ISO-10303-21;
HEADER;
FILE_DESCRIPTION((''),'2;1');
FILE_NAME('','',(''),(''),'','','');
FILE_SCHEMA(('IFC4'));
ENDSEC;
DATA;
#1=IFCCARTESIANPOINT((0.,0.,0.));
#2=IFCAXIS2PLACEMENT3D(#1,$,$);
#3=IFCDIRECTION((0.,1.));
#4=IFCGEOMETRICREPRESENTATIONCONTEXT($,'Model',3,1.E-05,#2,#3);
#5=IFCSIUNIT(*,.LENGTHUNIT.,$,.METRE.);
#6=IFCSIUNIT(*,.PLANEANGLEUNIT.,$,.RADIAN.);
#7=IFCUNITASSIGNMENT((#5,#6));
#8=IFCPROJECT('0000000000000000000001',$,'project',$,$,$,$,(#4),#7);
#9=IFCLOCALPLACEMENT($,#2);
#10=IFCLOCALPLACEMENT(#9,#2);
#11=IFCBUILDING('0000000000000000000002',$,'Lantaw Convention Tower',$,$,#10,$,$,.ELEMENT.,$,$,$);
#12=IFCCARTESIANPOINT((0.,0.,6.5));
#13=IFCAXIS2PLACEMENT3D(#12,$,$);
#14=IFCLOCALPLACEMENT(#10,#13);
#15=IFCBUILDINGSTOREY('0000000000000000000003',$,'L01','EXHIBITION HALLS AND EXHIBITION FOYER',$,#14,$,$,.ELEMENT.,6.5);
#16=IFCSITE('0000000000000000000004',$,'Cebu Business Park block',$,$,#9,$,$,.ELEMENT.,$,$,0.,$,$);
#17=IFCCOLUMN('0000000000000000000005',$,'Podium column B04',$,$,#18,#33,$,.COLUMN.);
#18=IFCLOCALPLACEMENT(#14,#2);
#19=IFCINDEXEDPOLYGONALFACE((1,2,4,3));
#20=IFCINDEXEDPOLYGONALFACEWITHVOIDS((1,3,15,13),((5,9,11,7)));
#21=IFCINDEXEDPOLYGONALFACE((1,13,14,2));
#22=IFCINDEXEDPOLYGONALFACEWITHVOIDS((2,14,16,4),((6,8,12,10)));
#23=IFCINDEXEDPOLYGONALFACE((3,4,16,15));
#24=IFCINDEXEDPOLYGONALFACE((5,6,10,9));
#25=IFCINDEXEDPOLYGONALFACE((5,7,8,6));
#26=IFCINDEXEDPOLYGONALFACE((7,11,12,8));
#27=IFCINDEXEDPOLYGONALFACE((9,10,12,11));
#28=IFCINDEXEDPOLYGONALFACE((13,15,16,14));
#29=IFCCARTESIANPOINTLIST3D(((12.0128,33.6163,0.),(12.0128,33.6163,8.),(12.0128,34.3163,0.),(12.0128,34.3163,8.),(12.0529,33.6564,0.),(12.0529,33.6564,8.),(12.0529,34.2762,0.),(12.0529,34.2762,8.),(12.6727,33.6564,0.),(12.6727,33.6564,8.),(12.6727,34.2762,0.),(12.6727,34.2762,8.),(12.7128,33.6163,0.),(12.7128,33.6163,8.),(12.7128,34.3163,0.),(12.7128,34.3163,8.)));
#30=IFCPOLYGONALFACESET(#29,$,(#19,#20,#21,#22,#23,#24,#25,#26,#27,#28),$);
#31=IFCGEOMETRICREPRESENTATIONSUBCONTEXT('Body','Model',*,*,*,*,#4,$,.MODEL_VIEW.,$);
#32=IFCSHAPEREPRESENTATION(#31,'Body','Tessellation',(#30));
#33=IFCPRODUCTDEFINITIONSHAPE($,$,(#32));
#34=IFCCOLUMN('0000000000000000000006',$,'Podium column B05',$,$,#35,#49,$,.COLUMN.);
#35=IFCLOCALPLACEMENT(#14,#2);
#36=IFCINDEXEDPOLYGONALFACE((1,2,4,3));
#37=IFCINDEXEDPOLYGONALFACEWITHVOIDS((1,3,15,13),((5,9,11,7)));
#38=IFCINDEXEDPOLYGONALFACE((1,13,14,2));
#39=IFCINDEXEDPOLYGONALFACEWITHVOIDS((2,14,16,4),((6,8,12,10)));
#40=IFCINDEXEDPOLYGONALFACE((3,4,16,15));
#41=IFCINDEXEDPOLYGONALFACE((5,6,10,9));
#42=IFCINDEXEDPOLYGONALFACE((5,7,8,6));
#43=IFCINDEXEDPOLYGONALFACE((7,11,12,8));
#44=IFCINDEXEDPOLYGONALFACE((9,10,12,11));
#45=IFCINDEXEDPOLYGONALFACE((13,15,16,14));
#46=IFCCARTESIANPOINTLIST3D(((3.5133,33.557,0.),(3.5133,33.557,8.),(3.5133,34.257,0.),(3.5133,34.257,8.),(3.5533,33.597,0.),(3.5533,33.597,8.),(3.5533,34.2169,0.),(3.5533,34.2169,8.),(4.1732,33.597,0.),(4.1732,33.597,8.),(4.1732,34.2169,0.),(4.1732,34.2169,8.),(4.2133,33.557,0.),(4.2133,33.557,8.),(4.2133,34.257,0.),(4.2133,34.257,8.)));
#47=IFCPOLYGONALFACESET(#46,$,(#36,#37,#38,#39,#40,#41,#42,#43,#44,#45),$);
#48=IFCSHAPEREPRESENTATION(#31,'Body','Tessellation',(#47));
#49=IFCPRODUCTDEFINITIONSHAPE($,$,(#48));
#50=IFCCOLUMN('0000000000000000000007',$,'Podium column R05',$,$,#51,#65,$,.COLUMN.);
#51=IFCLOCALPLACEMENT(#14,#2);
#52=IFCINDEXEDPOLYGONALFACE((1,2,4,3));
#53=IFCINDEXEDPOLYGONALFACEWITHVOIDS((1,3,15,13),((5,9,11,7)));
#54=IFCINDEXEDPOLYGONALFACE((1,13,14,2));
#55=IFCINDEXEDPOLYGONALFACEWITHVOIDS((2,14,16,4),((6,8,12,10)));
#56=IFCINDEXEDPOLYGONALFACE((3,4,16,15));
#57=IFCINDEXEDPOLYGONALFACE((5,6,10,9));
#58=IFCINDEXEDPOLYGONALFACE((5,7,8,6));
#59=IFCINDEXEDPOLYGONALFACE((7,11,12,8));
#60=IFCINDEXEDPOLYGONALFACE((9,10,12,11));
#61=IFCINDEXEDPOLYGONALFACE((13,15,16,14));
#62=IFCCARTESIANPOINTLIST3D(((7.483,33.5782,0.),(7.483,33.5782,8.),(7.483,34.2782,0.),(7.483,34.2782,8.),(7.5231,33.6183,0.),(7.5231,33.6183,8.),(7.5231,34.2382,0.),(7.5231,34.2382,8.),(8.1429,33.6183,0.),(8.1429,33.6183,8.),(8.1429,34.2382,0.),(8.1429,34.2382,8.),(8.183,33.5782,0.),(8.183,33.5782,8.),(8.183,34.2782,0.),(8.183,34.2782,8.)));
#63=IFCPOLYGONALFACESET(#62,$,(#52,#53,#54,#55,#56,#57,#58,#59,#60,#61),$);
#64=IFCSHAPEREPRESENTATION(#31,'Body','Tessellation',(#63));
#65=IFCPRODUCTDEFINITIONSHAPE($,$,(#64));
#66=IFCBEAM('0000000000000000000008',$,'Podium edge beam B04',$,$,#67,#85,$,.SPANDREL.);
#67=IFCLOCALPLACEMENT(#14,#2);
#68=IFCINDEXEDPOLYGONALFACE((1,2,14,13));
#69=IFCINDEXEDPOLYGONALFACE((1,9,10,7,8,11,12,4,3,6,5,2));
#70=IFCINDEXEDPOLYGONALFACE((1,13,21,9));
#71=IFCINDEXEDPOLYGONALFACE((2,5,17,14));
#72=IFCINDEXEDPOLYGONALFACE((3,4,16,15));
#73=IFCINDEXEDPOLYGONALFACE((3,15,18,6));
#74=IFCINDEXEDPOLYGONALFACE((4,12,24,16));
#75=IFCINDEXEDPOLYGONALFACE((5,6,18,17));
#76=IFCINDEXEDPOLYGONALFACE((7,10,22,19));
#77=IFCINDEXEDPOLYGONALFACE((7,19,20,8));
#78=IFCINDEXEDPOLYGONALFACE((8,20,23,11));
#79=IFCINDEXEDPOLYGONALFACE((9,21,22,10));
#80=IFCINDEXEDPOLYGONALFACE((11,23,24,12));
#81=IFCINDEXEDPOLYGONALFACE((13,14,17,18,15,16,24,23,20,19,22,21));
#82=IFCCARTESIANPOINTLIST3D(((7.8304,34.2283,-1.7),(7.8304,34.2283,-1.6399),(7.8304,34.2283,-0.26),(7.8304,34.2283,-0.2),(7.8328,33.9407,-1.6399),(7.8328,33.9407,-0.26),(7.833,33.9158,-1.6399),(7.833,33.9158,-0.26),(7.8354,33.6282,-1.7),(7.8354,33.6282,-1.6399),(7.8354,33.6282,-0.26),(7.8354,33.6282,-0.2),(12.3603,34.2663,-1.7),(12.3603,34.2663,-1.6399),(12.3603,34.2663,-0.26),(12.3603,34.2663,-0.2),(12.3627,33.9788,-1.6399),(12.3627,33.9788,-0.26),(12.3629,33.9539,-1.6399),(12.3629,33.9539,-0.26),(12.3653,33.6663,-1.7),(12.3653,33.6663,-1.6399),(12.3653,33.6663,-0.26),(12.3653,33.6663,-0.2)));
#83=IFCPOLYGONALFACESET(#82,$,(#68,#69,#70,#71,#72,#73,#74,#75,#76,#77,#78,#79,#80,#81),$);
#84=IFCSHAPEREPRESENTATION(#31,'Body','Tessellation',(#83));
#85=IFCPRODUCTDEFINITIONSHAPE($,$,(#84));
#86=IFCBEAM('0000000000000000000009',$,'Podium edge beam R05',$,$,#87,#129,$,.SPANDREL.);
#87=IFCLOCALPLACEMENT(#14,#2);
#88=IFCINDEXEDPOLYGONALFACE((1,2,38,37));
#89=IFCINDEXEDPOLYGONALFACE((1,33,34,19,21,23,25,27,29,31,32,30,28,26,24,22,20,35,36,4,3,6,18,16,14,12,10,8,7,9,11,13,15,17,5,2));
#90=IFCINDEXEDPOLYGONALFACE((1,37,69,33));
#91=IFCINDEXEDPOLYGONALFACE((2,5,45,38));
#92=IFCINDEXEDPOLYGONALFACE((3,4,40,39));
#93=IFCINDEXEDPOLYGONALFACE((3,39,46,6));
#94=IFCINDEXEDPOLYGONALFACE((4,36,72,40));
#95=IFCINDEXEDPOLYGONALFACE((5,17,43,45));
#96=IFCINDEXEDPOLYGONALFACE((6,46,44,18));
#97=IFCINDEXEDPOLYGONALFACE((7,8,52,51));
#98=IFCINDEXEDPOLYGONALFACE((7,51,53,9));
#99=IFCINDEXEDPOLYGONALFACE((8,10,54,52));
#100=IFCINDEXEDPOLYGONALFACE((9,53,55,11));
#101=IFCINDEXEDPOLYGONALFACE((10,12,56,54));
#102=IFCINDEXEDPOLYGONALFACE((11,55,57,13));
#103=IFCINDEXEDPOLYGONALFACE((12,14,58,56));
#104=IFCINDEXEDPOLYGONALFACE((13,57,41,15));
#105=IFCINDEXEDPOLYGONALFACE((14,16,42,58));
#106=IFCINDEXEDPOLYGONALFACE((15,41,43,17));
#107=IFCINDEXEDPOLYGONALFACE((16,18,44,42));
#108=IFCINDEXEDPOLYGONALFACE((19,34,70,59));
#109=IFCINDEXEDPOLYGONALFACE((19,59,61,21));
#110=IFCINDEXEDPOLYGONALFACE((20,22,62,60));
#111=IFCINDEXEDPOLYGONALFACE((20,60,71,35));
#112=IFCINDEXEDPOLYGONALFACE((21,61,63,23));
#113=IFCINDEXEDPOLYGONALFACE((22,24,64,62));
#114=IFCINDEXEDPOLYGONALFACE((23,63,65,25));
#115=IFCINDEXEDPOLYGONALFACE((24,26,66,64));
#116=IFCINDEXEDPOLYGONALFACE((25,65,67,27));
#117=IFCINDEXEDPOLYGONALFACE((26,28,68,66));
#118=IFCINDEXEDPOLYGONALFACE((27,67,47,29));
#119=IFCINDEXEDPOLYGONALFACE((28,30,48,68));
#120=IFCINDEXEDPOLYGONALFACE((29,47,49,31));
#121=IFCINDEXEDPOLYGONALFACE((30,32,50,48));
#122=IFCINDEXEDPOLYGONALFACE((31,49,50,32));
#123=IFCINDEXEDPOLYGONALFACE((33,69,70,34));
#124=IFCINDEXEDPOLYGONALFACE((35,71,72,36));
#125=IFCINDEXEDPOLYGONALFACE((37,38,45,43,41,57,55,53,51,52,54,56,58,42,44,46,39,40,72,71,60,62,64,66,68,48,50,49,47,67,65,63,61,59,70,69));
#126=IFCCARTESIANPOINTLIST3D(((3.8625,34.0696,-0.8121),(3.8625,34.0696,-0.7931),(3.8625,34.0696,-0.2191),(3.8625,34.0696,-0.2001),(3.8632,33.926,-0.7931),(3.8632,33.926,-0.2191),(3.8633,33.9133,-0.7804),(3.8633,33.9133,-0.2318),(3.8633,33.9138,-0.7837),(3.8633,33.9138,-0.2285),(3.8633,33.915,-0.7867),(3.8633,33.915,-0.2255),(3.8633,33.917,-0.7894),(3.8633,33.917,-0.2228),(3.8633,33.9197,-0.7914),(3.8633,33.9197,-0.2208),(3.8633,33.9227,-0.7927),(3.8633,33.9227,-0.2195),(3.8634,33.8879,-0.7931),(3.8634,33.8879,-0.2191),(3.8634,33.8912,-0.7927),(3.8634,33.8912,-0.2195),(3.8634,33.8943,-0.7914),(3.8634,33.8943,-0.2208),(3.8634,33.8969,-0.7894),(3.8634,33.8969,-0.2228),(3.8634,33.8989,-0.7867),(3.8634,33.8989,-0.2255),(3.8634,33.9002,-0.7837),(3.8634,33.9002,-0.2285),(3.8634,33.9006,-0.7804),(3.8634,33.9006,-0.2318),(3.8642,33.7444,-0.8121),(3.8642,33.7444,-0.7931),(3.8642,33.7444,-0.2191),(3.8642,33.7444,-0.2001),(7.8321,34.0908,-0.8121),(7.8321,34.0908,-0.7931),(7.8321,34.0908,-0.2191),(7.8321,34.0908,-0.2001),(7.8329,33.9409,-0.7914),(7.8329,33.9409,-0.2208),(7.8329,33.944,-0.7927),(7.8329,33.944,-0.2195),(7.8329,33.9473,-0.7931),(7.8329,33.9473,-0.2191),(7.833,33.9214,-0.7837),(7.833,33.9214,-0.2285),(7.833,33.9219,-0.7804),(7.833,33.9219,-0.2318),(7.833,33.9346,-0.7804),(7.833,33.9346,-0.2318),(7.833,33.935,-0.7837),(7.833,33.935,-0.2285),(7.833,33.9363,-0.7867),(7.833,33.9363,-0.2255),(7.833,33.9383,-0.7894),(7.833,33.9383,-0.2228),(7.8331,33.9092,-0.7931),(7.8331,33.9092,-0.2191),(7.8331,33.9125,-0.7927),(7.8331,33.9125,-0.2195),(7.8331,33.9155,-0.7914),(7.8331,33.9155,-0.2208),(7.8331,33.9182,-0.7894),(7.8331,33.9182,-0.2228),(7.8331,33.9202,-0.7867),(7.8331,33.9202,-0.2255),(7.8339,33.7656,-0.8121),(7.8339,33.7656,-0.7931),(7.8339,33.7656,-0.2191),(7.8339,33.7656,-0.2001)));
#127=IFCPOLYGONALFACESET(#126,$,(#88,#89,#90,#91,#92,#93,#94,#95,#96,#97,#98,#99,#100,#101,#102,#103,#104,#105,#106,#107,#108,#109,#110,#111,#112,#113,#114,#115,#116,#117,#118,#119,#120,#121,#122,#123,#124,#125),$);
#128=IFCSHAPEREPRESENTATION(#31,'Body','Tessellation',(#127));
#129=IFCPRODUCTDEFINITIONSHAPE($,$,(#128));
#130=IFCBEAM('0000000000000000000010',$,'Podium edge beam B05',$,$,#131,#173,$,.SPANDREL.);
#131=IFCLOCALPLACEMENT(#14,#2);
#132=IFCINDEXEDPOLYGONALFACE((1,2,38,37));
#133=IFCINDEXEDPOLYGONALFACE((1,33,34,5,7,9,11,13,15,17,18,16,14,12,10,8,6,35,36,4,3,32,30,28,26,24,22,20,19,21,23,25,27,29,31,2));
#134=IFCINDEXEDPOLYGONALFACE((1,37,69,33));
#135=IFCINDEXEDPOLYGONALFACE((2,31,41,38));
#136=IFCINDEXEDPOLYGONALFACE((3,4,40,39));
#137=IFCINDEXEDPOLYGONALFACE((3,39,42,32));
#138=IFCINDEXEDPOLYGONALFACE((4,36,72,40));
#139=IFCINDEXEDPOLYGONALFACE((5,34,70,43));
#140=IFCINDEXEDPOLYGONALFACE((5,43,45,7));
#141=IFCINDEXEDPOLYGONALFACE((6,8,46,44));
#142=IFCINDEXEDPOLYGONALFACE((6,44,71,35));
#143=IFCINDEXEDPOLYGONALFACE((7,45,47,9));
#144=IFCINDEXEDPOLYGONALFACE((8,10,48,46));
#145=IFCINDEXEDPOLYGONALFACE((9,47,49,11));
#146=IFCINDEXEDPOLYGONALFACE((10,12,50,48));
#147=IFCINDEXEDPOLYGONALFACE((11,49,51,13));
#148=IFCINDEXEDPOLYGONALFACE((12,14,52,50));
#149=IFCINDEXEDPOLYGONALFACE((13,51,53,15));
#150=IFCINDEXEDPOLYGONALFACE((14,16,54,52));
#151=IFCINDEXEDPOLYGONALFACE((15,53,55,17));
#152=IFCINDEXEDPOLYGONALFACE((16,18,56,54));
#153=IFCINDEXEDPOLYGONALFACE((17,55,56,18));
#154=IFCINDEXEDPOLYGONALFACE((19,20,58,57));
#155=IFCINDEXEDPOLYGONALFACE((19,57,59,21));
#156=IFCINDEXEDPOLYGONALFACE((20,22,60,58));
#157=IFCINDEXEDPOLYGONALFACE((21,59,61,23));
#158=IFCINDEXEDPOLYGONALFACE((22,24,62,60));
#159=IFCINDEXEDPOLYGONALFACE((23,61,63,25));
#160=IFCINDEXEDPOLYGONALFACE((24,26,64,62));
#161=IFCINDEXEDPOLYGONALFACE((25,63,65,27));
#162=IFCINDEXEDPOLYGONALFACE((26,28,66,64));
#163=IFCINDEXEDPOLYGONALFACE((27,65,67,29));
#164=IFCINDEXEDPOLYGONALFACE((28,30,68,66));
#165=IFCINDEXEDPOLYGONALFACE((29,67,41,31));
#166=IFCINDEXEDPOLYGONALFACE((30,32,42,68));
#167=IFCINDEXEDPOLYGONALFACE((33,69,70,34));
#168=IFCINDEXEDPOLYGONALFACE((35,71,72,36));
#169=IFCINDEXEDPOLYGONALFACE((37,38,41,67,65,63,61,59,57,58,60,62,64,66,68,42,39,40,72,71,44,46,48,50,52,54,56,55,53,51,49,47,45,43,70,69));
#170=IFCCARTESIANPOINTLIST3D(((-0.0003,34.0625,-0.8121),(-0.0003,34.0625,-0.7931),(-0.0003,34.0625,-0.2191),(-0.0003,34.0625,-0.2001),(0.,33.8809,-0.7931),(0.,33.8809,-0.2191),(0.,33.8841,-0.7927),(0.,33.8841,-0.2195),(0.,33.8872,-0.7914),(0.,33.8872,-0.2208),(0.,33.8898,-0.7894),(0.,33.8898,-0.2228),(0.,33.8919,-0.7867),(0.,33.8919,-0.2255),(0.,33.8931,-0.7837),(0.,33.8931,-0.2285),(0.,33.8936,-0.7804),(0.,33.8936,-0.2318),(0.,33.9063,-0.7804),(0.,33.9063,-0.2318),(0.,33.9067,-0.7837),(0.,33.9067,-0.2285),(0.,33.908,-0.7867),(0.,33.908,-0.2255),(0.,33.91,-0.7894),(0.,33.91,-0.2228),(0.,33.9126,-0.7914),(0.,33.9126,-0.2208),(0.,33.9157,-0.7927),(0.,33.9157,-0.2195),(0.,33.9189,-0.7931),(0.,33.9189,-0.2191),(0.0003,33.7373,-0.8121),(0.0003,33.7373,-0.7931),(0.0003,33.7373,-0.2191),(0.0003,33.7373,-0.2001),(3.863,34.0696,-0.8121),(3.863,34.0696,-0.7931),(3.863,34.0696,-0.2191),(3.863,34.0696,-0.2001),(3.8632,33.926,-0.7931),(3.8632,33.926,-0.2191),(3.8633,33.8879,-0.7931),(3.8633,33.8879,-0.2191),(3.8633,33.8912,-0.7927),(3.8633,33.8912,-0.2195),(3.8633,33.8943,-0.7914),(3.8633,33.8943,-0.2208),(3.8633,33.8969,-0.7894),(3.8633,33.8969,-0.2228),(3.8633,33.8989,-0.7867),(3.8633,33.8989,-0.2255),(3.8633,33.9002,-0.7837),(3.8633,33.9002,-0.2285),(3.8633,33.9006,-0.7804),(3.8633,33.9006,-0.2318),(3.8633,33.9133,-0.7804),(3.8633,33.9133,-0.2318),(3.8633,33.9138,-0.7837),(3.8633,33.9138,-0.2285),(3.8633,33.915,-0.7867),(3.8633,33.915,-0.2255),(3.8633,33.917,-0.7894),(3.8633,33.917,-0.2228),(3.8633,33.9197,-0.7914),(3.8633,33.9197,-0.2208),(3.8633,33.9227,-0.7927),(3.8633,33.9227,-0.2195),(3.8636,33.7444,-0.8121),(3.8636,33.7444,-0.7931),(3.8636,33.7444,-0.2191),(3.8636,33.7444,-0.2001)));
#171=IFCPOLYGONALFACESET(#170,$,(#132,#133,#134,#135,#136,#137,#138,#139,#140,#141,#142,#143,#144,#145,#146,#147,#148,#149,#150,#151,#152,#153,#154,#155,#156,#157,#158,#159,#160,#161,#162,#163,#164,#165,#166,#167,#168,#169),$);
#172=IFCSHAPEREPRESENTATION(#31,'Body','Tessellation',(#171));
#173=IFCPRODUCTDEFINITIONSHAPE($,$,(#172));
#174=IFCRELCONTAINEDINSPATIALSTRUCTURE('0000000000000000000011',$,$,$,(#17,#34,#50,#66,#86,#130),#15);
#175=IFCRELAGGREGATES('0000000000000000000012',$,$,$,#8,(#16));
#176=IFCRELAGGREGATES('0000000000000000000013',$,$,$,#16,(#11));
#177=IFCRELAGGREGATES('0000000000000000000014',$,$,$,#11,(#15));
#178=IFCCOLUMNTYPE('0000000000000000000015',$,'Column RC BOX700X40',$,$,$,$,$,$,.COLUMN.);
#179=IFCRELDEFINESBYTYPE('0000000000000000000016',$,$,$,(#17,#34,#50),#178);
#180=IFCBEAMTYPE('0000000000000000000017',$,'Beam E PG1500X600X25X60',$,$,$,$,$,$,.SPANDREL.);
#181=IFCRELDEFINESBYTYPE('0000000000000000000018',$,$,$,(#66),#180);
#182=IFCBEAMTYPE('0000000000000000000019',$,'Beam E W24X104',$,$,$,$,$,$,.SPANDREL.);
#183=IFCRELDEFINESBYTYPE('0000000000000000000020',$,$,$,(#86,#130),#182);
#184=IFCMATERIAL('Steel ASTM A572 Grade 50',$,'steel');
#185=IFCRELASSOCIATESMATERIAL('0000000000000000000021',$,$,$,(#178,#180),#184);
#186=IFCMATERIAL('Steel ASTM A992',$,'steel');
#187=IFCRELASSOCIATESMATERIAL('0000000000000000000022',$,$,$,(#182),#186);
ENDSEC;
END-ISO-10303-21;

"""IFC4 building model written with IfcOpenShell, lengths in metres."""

from ifc_helpers import new_model, si_unit, direction, frame, origin, origin_2d, place, context, subcontext, project, spatial, hollow_rectangle, i_section, extrude, material, material_profile, profile_set, type_object, element, save


model = new_model("IFC4")

# Units and contexts
model_context = context("Model", 3, precision=1e-05, world=origin(), true_north=direction((0.0, 1.0)))
body_context = subcontext(model_context, "Body", "Model", "MODEL_VIEW")
ifc_project = project(units=[si_unit("LENGTHUNIT", "METRE"), si_unit("PLANEANGLEUNIT", "RADIAN")], contexts=[model_context])

# Site, building, storey
site_placement = place(None, origin())
site = spatial("IfcSite", under=ifc_project, at=site_placement, Name="Cebu Business Park block", CompositionType="ELEMENT", RefElevation=0.0)
building_placement = place(site_placement, origin())
building = spatial("IfcBuilding", under=site, at=building_placement, Name="Lantaw Convention Tower", CompositionType="ELEMENT")
storey_placement = place(building_placement, frame((0.0, 0.0, 6.5)))
storey = spatial("IfcBuildingStorey", under=building, at=storey_placement, Name="L01", Description="EXHIBITION HALLS AND EXHIBITION FOYER", CompositionType="ELEMENT", Elevation=6.5)

# Columns
ifc_material_1 = material(Name="Steel ASTM A572 Grade 50", Category="steel")
ifc_material_profile_1 = material_profile(ifc_material_1, hollow_rectangle(XDim=0.7, YDim=0.7, WallThickness=0.04, at=origin_2d()), Name="BOX700X40")
ifc_profile_set_1 = profile_set([ifc_material_profile_1], Name="Steel ASTM A572 Grade 50")
column_type = type_object("IfcColumnType", Name="Column RC BOX700X40", PredefinedType="COLUMN", material=ifc_profile_set_1)
for number, where, z_axis, x_axis, name in (
    (1, (12.3628, 33.9663, 0.0), (0.0, 0.0, 1.0), (1.0, 0.0, 0.0), "Podium column B04"),
    (2, (3.8633, 33.907, 0.0), (0.0, 0.0, 1.0), (1.0, 0.0, 0.0), "Podium column B05"),
    (3, (7.833, 33.9282, 0.0), (0.0, 0.0, 1.0), (1.0, 0.0, 0.0), "Podium column R05"),
):
    element("IfcColumn", number, at=place(storey_placement, frame(where, z_axis=z_axis, x_axis=x_axis)), inside=storey, type_object=column_type, Name=name, PredefinedType="COLUMN", context=body_context, shape_type="SweptSolid", body=[
        extrude(hollow_rectangle(XDim=0.7, YDim=0.7, WallThickness=0.04, at=origin_2d()), origin(), (0.0, 0.0, 1.0), 8.0),
    ])

# Beams
ifc_material_profile_2 = material_profile(ifc_material_1, i_section(OverallWidth=0.6001, OverallDepth=1.5, WebThickness=0.0249, FlangeThickness=0.0601, at=origin_2d()), Name="PG1500X600X25X60")
ifc_profile_set_2 = profile_set([ifc_material_profile_2], Name="Steel ASTM A572 Grade 50")
beam_type_1 = type_object("IfcBeamType", Name="Beam E PG1500X600X25X60", PredefinedType="SPANDREL", material=ifc_profile_set_2)
beam_1_placement = place(storey_placement, frame((12.3628, 33.9663, -0.95), z_axis=(-0.999965, -0.008408, 0.0), x_axis=(0.008408, -0.999965, 0.0)))
element("IfcBeam", 4, at=beam_1_placement, inside=storey, type_object=beam_type_1, Name="Podium edge beam B04", PredefinedType="SPANDREL", context=body_context, shape_type="SweptSolid", body=[
    extrude(i_section(OverallWidth=0.6001, OverallDepth=1.5, WebThickness=0.0249, FlangeThickness=0.0601, at=origin_2d()), origin(), (0.0, 0.0, 1.0), 4.53),
])
ifc_material_2 = material(Name="Steel ASTM A992", Category="steel")
ifc_material_profile_3 = material_profile(ifc_material_2, i_section(OverallWidth=0.3252, OverallDepth=0.6121, WebThickness=0.0127, FlangeThickness=0.019, FilletRadius=0.0127, at=origin_2d()), Name="W24X104")
ifc_profile_set_3 = profile_set([ifc_material_profile_3], Name="Steel ASTM A992")
beam_type_2 = type_object("IfcBeamType", Name="Beam E W24X104", PredefinedType="SPANDREL", material=ifc_profile_set_3)
beam_2_placement = place(storey_placement, frame((7.833, 33.9282, -0.5061), z_axis=(-0.999986, -0.00535, 0.0), x_axis=(0.00535, -0.999986, 0.0)))
element("IfcBeam", 5, at=beam_2_placement, inside=storey, type_object=beam_type_2, Name="Podium edge beam R05", PredefinedType="SPANDREL", context=body_context, shape_type="SweptSolid", body=[
    extrude(i_section(OverallWidth=0.3252, OverallDepth=0.6121, WebThickness=0.0127, FlangeThickness=0.019, FilletRadius=0.0127, at=origin_2d()), origin(), (0.0, 0.0, 1.0), 3.9697),
])
beam_3_placement = place(storey_placement, frame((3.8633, 33.907, -0.5061), z_axis=(-0.999998, -0.001833, 0.0), x_axis=(0.001833, -0.999998, 0.0)))
element("IfcBeam", 6, at=beam_3_placement, inside=storey, type_object=beam_type_2, Name="Podium edge beam B05", PredefinedType="SPANDREL", context=body_context, shape_type="SweptSolid", body=[
    extrude(i_section(OverallWidth=0.3252, OverallDepth=0.6121, WebThickness=0.0127, FlangeThickness=0.019, FilletRadius=0.0127, at=origin_2d()), origin(), (0.0, 0.0, 1.0), 3.8633),
])

save(model, "model.ifc")
